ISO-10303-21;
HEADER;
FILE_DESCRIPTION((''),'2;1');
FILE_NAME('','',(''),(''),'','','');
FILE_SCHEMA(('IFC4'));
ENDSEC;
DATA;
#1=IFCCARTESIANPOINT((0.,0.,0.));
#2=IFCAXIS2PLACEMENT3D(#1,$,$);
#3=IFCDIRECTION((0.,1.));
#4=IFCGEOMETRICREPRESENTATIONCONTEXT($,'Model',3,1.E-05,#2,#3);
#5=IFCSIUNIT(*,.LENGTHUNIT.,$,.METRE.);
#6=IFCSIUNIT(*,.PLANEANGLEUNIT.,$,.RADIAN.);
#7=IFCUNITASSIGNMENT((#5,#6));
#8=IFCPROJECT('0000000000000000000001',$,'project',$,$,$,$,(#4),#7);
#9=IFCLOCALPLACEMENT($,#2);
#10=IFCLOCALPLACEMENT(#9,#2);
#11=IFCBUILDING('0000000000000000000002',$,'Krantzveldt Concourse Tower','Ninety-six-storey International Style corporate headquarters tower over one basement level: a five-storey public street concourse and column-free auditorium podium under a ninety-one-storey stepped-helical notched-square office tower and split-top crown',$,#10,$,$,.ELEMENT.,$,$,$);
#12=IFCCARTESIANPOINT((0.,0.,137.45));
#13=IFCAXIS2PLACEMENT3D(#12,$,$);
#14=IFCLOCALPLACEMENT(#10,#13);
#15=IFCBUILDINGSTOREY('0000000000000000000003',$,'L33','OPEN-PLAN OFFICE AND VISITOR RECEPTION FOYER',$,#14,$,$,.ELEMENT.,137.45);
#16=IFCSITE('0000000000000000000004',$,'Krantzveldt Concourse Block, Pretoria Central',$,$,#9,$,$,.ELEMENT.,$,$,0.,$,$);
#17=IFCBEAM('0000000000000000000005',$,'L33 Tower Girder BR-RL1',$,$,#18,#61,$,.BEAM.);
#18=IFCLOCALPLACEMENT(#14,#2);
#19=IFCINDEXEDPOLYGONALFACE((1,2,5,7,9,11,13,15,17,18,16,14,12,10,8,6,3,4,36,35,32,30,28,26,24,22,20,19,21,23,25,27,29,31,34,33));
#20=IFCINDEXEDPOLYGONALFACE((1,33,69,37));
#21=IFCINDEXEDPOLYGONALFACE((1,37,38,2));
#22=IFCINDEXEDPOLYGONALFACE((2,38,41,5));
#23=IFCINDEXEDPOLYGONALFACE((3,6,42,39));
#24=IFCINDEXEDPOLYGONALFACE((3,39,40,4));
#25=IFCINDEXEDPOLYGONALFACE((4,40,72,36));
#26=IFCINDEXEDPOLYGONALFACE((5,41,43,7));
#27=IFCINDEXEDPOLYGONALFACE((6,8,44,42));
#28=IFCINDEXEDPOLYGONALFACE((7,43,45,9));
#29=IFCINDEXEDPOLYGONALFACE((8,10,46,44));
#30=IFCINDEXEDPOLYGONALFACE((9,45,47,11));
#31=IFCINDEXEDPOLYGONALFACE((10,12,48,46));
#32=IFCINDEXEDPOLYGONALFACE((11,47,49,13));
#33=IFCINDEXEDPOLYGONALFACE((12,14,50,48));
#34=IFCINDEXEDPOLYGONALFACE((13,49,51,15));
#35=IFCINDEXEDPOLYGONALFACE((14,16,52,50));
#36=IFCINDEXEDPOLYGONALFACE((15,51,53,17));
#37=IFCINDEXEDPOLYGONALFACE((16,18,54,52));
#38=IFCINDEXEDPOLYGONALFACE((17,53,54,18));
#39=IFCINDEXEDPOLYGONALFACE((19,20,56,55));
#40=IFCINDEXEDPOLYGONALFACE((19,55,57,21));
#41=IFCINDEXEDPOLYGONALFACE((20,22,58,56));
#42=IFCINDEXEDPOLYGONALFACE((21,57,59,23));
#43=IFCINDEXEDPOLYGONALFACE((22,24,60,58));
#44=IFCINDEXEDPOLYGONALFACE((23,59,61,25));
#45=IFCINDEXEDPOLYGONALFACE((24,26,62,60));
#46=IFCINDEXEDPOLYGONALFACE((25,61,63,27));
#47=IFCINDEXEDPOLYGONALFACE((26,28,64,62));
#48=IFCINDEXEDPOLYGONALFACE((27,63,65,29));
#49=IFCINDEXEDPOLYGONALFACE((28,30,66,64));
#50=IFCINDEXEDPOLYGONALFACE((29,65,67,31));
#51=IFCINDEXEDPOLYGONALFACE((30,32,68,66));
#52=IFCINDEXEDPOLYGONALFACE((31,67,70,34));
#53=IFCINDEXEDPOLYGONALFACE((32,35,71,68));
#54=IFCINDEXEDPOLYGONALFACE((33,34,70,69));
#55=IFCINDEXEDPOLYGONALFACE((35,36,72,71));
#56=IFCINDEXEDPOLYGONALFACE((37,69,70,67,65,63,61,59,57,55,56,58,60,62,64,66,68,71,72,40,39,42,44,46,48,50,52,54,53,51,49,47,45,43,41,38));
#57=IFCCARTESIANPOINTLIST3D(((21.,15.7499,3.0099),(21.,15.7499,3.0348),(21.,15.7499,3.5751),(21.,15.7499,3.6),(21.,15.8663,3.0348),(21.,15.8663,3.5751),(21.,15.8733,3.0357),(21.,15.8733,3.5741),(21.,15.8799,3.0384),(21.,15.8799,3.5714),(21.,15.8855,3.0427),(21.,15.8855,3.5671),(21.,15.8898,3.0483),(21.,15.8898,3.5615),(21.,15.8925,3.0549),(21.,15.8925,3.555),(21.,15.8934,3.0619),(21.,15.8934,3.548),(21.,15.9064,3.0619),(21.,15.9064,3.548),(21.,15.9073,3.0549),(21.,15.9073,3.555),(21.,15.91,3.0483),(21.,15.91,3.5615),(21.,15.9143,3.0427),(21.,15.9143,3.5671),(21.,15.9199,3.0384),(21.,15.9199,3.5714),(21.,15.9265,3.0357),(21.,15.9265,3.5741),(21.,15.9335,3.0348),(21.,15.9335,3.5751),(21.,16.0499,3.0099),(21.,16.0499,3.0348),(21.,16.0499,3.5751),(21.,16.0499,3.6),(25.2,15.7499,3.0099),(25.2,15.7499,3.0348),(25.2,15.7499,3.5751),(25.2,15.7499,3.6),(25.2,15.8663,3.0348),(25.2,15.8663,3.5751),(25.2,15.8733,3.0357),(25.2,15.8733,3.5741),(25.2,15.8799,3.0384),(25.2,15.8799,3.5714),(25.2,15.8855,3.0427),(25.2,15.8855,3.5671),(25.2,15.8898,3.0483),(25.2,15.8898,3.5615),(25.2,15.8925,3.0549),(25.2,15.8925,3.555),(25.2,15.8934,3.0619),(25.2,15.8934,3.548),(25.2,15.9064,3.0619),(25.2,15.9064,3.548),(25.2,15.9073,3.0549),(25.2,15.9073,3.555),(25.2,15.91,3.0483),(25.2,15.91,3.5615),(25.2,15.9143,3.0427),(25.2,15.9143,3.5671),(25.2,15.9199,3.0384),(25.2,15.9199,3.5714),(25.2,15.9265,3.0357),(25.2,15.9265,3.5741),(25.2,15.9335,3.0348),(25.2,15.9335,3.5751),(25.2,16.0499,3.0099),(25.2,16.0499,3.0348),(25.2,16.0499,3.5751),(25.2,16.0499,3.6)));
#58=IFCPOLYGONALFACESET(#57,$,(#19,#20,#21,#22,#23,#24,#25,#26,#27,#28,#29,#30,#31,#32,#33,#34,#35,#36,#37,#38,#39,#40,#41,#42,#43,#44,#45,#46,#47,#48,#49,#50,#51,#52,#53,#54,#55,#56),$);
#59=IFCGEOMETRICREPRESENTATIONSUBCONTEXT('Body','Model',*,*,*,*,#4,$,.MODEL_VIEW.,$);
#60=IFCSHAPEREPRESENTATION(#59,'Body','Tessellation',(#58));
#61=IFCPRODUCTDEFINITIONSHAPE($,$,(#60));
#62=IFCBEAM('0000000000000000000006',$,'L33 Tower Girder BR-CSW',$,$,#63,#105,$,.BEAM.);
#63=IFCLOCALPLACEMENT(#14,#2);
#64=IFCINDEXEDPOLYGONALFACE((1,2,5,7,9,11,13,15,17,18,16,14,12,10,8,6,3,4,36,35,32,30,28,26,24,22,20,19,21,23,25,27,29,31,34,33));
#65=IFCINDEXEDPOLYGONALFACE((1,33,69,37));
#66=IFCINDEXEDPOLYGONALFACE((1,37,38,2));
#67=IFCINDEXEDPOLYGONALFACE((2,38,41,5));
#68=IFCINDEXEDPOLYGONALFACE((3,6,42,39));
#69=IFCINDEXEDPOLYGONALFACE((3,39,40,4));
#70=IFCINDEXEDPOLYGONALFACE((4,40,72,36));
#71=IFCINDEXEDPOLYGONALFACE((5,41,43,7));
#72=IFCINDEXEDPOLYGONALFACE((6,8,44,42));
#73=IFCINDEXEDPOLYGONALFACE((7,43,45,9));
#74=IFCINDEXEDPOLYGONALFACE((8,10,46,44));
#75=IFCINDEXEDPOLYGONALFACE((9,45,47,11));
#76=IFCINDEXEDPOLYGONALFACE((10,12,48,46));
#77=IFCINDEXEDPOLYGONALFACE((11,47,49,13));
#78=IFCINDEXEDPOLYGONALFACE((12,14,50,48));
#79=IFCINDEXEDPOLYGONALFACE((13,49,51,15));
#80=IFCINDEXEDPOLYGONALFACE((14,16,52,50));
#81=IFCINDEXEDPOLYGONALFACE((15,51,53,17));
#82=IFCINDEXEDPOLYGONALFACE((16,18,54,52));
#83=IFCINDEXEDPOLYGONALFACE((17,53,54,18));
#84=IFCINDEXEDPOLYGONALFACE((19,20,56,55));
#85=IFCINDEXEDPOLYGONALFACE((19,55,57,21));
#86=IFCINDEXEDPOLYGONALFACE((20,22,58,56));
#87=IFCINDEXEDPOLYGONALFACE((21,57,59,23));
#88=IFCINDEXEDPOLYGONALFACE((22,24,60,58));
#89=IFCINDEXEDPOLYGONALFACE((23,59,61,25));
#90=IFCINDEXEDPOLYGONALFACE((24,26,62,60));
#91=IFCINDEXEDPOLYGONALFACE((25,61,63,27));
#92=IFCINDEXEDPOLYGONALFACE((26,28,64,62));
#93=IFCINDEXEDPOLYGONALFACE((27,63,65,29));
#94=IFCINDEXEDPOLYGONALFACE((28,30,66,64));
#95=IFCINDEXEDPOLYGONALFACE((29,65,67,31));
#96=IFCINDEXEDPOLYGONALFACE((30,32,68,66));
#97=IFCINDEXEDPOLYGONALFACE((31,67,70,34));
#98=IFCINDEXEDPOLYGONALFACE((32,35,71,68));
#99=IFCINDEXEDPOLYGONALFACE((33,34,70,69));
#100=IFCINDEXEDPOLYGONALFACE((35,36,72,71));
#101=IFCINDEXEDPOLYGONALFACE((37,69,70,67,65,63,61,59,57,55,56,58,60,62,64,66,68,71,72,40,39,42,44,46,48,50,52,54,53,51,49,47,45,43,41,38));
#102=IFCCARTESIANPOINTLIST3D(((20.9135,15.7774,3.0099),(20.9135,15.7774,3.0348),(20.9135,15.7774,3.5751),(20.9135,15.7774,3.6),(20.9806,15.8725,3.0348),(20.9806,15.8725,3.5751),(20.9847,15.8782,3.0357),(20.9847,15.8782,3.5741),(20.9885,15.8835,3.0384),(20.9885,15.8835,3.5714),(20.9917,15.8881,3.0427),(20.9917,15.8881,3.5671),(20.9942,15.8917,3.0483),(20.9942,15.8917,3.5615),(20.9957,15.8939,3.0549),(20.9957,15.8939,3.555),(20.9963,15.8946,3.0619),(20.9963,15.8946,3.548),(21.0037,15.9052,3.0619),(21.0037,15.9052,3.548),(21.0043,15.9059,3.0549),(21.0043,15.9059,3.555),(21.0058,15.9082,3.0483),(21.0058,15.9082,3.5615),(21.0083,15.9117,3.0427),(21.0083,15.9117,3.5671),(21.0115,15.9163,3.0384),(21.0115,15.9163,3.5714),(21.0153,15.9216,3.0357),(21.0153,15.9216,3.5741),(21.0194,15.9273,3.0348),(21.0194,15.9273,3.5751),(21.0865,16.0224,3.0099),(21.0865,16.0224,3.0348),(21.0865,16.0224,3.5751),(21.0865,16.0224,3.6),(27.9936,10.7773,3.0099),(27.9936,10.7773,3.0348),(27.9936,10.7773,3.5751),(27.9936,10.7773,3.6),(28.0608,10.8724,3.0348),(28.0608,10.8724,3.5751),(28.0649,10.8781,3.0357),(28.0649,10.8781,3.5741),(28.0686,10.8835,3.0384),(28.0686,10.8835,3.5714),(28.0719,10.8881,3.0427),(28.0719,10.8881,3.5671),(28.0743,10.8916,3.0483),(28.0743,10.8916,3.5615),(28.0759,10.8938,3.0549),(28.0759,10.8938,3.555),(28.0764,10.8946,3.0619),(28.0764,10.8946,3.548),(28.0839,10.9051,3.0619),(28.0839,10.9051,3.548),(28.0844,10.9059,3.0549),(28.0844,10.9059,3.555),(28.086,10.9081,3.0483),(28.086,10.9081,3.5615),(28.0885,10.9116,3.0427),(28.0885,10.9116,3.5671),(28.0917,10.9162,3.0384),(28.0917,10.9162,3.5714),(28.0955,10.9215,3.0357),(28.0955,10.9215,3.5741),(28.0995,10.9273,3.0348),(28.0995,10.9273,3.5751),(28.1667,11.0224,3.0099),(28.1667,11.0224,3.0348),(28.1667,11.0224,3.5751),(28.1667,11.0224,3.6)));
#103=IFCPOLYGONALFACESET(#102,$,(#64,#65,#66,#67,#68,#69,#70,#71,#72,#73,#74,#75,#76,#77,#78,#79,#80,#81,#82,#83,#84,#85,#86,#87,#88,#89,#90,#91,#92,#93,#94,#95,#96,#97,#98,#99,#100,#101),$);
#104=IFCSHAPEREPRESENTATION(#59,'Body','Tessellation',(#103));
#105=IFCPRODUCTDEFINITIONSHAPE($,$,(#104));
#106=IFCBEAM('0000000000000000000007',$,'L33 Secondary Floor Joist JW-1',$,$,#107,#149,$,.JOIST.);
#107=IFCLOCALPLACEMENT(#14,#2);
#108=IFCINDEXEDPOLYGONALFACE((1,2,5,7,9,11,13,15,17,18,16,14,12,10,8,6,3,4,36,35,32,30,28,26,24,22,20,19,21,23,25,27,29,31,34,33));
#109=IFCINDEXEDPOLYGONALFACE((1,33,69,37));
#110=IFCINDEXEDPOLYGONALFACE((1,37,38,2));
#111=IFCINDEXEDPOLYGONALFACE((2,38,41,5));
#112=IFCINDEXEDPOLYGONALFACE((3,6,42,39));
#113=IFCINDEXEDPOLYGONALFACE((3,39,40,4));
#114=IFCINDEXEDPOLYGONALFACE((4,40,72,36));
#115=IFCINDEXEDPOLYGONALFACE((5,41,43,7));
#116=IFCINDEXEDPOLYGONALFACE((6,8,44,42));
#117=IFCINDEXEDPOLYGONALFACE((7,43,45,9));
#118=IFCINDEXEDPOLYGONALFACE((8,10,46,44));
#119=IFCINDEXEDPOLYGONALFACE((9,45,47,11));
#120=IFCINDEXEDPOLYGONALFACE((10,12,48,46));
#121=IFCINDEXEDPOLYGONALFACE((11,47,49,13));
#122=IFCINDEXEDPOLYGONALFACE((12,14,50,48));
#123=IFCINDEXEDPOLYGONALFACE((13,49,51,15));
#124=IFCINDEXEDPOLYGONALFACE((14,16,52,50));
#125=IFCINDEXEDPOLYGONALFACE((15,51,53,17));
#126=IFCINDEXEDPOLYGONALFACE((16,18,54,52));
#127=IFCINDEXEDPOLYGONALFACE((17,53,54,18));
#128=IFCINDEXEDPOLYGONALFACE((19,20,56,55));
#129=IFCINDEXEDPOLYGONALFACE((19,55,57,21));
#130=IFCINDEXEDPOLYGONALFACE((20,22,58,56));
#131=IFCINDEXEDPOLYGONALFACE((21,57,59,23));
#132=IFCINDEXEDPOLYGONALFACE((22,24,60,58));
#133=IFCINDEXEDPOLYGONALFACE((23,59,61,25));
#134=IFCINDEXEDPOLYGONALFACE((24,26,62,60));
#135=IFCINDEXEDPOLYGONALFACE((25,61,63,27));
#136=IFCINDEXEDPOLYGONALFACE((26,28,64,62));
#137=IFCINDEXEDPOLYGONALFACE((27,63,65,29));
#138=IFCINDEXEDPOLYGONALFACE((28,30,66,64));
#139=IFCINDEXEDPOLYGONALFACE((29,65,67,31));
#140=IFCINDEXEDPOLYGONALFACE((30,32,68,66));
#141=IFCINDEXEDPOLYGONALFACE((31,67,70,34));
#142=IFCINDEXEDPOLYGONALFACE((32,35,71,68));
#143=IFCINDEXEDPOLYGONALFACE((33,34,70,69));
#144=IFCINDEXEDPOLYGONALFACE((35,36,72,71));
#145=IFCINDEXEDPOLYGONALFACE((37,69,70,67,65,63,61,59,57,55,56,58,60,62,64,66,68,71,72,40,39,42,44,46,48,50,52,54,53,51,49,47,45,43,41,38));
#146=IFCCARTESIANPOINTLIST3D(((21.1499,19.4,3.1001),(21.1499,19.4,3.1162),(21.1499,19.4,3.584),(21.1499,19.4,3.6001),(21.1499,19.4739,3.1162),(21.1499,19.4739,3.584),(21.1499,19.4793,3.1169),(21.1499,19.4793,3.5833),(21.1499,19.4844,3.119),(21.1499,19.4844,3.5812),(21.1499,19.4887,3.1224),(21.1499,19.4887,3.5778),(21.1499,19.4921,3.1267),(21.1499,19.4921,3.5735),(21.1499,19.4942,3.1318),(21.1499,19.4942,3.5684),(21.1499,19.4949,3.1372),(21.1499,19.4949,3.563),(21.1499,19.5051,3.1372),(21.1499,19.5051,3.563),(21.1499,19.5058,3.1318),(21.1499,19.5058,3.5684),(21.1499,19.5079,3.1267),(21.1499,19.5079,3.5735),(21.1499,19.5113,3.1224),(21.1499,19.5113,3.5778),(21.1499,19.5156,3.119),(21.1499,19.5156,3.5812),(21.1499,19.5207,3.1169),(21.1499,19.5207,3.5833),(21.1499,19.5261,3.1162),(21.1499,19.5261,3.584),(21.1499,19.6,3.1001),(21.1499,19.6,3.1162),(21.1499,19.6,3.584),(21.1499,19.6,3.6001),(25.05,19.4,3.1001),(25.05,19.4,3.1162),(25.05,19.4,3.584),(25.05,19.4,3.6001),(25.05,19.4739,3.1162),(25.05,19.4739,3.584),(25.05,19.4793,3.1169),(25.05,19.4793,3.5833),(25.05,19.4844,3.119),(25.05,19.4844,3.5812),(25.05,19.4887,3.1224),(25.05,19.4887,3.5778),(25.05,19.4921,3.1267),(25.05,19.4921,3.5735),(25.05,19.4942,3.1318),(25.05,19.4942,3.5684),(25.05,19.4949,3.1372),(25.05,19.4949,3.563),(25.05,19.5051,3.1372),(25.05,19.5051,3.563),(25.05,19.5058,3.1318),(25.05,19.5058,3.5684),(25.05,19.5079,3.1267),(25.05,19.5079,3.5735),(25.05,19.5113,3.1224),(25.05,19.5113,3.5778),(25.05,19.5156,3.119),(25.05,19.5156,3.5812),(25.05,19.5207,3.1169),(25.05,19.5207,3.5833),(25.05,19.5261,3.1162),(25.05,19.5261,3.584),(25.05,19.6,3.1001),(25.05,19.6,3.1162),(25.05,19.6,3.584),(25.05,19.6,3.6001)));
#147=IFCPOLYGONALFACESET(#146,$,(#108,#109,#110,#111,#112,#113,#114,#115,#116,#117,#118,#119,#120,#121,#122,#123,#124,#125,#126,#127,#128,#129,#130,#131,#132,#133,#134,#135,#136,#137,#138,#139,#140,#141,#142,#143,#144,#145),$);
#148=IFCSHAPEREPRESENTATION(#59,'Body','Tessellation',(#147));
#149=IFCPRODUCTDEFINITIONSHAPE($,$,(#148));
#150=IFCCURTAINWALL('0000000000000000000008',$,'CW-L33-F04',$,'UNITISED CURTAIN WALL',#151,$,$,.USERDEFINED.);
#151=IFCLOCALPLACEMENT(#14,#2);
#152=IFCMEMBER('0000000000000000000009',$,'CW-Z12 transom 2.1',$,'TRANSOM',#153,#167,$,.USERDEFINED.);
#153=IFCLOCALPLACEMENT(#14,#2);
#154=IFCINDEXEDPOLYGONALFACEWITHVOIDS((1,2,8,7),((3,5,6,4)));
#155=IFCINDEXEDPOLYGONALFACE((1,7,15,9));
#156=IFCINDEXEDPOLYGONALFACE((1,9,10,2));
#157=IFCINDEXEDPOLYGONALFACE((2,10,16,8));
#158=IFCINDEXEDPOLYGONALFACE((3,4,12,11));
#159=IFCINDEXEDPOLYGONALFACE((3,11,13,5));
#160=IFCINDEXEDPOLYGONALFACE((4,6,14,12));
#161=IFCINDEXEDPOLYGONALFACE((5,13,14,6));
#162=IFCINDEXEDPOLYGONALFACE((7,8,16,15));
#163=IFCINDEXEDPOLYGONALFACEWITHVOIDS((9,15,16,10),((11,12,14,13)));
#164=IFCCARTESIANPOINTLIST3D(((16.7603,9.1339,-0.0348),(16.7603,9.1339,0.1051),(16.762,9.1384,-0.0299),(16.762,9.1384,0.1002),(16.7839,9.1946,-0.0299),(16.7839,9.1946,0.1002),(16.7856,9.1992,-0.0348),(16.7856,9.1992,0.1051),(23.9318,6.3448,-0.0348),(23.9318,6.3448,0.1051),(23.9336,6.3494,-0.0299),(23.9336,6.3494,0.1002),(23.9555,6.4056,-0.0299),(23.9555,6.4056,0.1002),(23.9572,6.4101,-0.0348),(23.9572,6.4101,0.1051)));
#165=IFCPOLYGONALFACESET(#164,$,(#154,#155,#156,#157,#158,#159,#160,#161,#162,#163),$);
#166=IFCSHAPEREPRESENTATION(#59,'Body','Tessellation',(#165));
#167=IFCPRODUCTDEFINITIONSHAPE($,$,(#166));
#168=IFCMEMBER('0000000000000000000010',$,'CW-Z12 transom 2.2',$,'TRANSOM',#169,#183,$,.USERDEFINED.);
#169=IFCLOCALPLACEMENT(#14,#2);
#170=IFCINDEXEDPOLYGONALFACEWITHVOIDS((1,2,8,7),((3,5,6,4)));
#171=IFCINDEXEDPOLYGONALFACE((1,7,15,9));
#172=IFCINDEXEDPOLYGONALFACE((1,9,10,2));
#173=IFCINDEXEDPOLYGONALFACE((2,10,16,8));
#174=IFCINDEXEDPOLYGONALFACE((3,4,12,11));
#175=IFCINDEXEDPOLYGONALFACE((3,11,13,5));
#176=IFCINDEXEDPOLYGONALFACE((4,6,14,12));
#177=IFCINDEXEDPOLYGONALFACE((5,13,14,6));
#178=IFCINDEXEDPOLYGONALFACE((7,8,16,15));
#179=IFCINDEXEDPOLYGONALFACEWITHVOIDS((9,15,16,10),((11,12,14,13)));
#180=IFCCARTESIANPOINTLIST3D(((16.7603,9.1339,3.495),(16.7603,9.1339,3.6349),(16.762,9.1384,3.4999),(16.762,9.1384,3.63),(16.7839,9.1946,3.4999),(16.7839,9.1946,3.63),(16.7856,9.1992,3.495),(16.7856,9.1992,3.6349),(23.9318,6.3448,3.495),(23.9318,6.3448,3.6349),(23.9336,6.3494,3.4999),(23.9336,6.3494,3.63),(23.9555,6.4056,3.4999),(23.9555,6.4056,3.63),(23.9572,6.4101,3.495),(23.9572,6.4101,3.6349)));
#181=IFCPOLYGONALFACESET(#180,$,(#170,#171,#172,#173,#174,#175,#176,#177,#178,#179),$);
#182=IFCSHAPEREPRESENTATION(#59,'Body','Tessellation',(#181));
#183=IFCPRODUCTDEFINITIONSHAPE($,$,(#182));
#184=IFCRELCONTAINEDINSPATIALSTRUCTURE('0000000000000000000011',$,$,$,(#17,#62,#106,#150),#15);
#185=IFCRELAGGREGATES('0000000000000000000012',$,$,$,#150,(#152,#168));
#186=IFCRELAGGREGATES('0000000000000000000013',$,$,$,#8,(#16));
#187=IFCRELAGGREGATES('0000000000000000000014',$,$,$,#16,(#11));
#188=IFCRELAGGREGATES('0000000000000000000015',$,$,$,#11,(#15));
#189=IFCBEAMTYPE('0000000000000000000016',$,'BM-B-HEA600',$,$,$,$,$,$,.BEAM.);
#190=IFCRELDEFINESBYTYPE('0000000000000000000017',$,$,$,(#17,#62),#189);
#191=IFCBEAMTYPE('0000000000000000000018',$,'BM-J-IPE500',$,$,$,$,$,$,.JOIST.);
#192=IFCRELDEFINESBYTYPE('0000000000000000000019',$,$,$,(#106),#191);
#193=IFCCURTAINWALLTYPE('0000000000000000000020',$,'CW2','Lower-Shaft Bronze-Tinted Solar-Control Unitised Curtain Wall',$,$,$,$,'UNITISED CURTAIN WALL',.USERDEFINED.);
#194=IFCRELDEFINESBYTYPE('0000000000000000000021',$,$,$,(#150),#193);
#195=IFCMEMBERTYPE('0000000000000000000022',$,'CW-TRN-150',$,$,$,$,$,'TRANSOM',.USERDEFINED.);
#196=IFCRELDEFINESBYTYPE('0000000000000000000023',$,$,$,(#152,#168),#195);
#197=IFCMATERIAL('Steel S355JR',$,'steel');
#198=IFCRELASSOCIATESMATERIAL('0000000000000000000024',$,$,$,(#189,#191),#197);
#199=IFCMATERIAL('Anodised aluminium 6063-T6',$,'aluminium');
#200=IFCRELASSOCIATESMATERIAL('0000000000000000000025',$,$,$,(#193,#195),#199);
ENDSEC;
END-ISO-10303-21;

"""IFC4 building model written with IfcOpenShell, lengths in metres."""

from ifc_helpers import new_model, si_unit, direction, frame, origin, origin_2d, place, context, subcontext, project, spatial, hollow_rectangle, i_section, extrude, source, transform, mapped, material, material_profile, profile_set, type_object, type_shapes, element, aggregate, save


model = new_model("IFC4")

# Units and contexts
model_context = context("Model", 3, precision=1e-05, world=origin(), true_north=direction((0.0, 1.0)))
body_context = subcontext(model_context, "Body", "Model", "MODEL_VIEW")
ifc_project = project(units=[si_unit("LENGTHUNIT", "METRE"), si_unit("PLANEANGLEUNIT", "RADIAN")], contexts=[model_context])

# Site, building, storey
site_placement = place(None, origin())
site = spatial("IfcSite", under=ifc_project, at=site_placement, Name="Krantzveldt Concourse Block, Pretoria Central", CompositionType="ELEMENT", RefElevation=0.0)
building_placement = place(site_placement, origin())
building = spatial("IfcBuilding", under=site, at=building_placement, Name="Krantzveldt Concourse Tower", Description="Ninety-six-storey International Style corporate headquarters tower over one basement level: a five-storey public street concourse and column-free auditorium podium under a ninety-one-storey stepped-helical notched-square office tower and split-top crown", CompositionType="ELEMENT")
storey_placement = place(building_placement, frame((0.0, 0.0, 137.45)))
storey = spatial("IfcBuildingStorey", under=building, at=storey_placement, Name="L33", Description="OPEN-PLAN OFFICE AND VISITOR RECEPTION FOYER", CompositionType="ELEMENT", Elevation=137.45)

# Beams
ifc_material_1 = material(Name="Steel S355JR", Category="steel")
ifc_material_profile_1 = material_profile(ifc_material_1, i_section(OverallWidth=0.3, OverallDepth=0.5901, WebThickness=0.0129, FlangeThickness=0.0249, FilletRadius=0.0271, at=origin_2d()), Name="Steel S355JR", Category="steel")
ifc_profile_set_1 = profile_set([ifc_material_profile_1], Name="Steel S355JR - HEA 600")
beam_type_1 = type_object("IfcBeamType", Name="BM-B-HEA600", PredefinedType="BEAM", material=ifc_profile_set_1)
shared_shape_1 = source(origin(), body_context, "Body", "SweptSolid", [
    extrude(i_section(OverallWidth=0.3, OverallDepth=0.5901, WebThickness=0.0129, FlangeThickness=0.0249, FilletRadius=0.0271, at=origin_2d()), origin(), (0.0, 0.0, 1.0), 4.2),
])
beam_1_placement = place(storey_placement, frame((21.0, 15.8999, 3.3049), z_axis=(1.0, 0.0, 0.0), x_axis=(0.0, 1.0, 0.0)))
element("IfcBeam", 1, at=beam_1_placement, inside=storey, type_object=beam_type_1, Name="L33 Tower Girder BR-RL1", PredefinedType="BEAM", context=body_context, shape_type="MappedRepresentation", body=[
    mapped(shared_shape_1, transform((0.0, 0.0, 0.0), x_axis=(1.0, 0.0, 0.0), y_axis=(0.0, 1.0, 0.0), z_axis=(0.0, 0.0, 1.0), scale=1.0)),
])
shared_shape_2 = source(origin(), body_context, "Body", "SweptSolid", [
    extrude(i_section(OverallWidth=0.3, OverallDepth=0.5901, WebThickness=0.0129, FlangeThickness=0.0249, FilletRadius=0.0271, at=origin_2d()), origin(), (0.0, 0.0, 1.0), 8.6677),
])
type_shapes(beam_type_1, [shared_shape_1, shared_shape_2])
beam_2_placement = place(storey_placement, frame((21.0, 15.8999, 3.3049), z_axis=(0.816843, -0.57686, 0.0), x_axis=(0.57686, 0.816843, 0.0)))
element("IfcBeam", 2, at=beam_2_placement, inside=storey, type_object=beam_type_1, Name="L33 Tower Girder BR-CSW", PredefinedType="BEAM", context=body_context, shape_type="MappedRepresentation", body=[
    mapped(shared_shape_2, transform((0.0, 0.0, 0.0), x_axis=(1.0, 0.0, 0.0), y_axis=(0.0, 1.0, 0.0), z_axis=(0.0, 0.0, 1.0), scale=1.0)),
])
ifc_material_profile_2 = material_profile(ifc_material_1, i_section(OverallWidth=0.2, OverallDepth=0.5, WebThickness=0.0103, FlangeThickness=0.0161, FilletRadius=0.021, at=origin_2d()), Name="Steel S355JR", Category="steel")
ifc_profile_set_2 = profile_set([ifc_material_profile_2], Name="Steel S355JR - IPE 500")
beam_type_2 = type_object("IfcBeamType", Name="BM-J-IPE500", PredefinedType="JOIST", material=ifc_profile_set_2)
shared_shape_3 = source(origin(), body_context, "Body", "SweptSolid", [
    extrude(i_section(OverallWidth=0.2, OverallDepth=0.5, WebThickness=0.0103, FlangeThickness=0.0161, FilletRadius=0.021, at=origin_2d()), origin(), (0.0, 0.0, 1.0), 3.9001),
])
type_shapes(beam_type_2, [shared_shape_3])
beam_3_placement = place(storey_placement, frame((21.1499, 19.5, 3.3501), z_axis=(1.0, 0.0, 0.0), x_axis=(0.0, 1.0, 0.0)))
element("IfcBeam", 3, at=beam_3_placement, inside=storey, type_object=beam_type_2, Name="L33 Secondary Floor Joist JW-1", PredefinedType="JOIST", context=body_context, shape_type="MappedRepresentation", body=[
    mapped(shared_shape_3, transform((0.0, 0.0, 0.0), x_axis=(1.0, 0.0, 0.0), y_axis=(0.0, 1.0, 0.0), z_axis=(0.0, 0.0, 1.0), scale=1.0)),
])

# Curtain wall, members
ifc_material_2 = material(Name="Anodised aluminium 6063-T6", Category="aluminium")
curtain_wall_type_1 = type_object("IfcCurtainWallType", Name="CW2", Description="Lower-Shaft Bronze-Tinted Solar-Control Unitised Curtain Wall", ElementType="UNITISED CURTAIN WALL", PredefinedType="USERDEFINED", material=ifc_material_2)
curtain_wall_1_placement = place(storey_placement, origin())
curtain_wall_1 = element("IfcCurtainWall", 4, at=curtain_wall_1_placement, inside=storey, type_object=curtain_wall_type_1, Name="CW-L33-F04", ObjectType="UNITISED CURTAIN WALL", PredefinedType="USERDEFINED")
ifc_material_profile_3 = material_profile(ifc_material_2, hollow_rectangle(XDim=0.0701, YDim=0.1399, WallThickness=0.0049, at=origin_2d()), Name="Anodised aluminium 6063-T6", Category="aluminium")
ifc_profile_set_3 = profile_set([ifc_material_profile_3], Name="Anodised aluminium 6063-T6 - ALU-TRAN 140x70x5")
member_type_1 = type_object("IfcMemberType", Name="CW-TRN-150", ElementType="TRANSOM", PredefinedType="USERDEFINED", material=ifc_profile_set_3)
shared_shape_4 = source(origin(), body_context, "Body", "SweptSolid", [
    extrude(hollow_rectangle(XDim=0.0701, YDim=0.1399, WallThickness=0.0049, at=origin_2d()), origin(), (0.0, 0.0, 1.0), 7.6948),
])
member_1_placement = place(storey_placement, frame((16.7729, 9.1665, 0.0352), z_axis=(0.932001, -0.362457, 0.0), x_axis=(0.362457, 0.932001, 0.0)))
member_1 = element("IfcMember", 5, at=member_1_placement, type_object=member_type_1, Name="CW-Z12 transom 2.1", ObjectType="TRANSOM", PredefinedType="USERDEFINED", context=body_context, shape_type="MappedRepresentation", body=[
    mapped(shared_shape_4, transform((0.0, 0.0, 0.0), x_axis=(1.0, 0.0, 0.0), y_axis=(0.0, 1.0, 0.0), z_axis=(0.0, 0.0, 1.0), scale=1.0)),
])
member_2_placement = place(storey_placement, frame((16.7729, 9.1665, 3.5649), z_axis=(0.932001, -0.362457, 0.0), x_axis=(0.362457, 0.932001, 0.0)))
member_2 = element("IfcMember", 6, at=member_2_placement, type_object=member_type_1, Name="CW-Z12 transom 2.2", ObjectType="TRANSOM", PredefinedType="USERDEFINED", context=body_context, shape_type="MappedRepresentation", body=[
    mapped(shared_shape_4, transform((0.0, 0.0, 0.0), x_axis=(1.0, 0.0, 0.0), y_axis=(0.0, 1.0, 0.0), z_axis=(0.0, 0.0, 1.0), scale=1.0)),
])

aggregate(curtain_wall_1, [member_1, member_2])

save(model, "model.ifc")
